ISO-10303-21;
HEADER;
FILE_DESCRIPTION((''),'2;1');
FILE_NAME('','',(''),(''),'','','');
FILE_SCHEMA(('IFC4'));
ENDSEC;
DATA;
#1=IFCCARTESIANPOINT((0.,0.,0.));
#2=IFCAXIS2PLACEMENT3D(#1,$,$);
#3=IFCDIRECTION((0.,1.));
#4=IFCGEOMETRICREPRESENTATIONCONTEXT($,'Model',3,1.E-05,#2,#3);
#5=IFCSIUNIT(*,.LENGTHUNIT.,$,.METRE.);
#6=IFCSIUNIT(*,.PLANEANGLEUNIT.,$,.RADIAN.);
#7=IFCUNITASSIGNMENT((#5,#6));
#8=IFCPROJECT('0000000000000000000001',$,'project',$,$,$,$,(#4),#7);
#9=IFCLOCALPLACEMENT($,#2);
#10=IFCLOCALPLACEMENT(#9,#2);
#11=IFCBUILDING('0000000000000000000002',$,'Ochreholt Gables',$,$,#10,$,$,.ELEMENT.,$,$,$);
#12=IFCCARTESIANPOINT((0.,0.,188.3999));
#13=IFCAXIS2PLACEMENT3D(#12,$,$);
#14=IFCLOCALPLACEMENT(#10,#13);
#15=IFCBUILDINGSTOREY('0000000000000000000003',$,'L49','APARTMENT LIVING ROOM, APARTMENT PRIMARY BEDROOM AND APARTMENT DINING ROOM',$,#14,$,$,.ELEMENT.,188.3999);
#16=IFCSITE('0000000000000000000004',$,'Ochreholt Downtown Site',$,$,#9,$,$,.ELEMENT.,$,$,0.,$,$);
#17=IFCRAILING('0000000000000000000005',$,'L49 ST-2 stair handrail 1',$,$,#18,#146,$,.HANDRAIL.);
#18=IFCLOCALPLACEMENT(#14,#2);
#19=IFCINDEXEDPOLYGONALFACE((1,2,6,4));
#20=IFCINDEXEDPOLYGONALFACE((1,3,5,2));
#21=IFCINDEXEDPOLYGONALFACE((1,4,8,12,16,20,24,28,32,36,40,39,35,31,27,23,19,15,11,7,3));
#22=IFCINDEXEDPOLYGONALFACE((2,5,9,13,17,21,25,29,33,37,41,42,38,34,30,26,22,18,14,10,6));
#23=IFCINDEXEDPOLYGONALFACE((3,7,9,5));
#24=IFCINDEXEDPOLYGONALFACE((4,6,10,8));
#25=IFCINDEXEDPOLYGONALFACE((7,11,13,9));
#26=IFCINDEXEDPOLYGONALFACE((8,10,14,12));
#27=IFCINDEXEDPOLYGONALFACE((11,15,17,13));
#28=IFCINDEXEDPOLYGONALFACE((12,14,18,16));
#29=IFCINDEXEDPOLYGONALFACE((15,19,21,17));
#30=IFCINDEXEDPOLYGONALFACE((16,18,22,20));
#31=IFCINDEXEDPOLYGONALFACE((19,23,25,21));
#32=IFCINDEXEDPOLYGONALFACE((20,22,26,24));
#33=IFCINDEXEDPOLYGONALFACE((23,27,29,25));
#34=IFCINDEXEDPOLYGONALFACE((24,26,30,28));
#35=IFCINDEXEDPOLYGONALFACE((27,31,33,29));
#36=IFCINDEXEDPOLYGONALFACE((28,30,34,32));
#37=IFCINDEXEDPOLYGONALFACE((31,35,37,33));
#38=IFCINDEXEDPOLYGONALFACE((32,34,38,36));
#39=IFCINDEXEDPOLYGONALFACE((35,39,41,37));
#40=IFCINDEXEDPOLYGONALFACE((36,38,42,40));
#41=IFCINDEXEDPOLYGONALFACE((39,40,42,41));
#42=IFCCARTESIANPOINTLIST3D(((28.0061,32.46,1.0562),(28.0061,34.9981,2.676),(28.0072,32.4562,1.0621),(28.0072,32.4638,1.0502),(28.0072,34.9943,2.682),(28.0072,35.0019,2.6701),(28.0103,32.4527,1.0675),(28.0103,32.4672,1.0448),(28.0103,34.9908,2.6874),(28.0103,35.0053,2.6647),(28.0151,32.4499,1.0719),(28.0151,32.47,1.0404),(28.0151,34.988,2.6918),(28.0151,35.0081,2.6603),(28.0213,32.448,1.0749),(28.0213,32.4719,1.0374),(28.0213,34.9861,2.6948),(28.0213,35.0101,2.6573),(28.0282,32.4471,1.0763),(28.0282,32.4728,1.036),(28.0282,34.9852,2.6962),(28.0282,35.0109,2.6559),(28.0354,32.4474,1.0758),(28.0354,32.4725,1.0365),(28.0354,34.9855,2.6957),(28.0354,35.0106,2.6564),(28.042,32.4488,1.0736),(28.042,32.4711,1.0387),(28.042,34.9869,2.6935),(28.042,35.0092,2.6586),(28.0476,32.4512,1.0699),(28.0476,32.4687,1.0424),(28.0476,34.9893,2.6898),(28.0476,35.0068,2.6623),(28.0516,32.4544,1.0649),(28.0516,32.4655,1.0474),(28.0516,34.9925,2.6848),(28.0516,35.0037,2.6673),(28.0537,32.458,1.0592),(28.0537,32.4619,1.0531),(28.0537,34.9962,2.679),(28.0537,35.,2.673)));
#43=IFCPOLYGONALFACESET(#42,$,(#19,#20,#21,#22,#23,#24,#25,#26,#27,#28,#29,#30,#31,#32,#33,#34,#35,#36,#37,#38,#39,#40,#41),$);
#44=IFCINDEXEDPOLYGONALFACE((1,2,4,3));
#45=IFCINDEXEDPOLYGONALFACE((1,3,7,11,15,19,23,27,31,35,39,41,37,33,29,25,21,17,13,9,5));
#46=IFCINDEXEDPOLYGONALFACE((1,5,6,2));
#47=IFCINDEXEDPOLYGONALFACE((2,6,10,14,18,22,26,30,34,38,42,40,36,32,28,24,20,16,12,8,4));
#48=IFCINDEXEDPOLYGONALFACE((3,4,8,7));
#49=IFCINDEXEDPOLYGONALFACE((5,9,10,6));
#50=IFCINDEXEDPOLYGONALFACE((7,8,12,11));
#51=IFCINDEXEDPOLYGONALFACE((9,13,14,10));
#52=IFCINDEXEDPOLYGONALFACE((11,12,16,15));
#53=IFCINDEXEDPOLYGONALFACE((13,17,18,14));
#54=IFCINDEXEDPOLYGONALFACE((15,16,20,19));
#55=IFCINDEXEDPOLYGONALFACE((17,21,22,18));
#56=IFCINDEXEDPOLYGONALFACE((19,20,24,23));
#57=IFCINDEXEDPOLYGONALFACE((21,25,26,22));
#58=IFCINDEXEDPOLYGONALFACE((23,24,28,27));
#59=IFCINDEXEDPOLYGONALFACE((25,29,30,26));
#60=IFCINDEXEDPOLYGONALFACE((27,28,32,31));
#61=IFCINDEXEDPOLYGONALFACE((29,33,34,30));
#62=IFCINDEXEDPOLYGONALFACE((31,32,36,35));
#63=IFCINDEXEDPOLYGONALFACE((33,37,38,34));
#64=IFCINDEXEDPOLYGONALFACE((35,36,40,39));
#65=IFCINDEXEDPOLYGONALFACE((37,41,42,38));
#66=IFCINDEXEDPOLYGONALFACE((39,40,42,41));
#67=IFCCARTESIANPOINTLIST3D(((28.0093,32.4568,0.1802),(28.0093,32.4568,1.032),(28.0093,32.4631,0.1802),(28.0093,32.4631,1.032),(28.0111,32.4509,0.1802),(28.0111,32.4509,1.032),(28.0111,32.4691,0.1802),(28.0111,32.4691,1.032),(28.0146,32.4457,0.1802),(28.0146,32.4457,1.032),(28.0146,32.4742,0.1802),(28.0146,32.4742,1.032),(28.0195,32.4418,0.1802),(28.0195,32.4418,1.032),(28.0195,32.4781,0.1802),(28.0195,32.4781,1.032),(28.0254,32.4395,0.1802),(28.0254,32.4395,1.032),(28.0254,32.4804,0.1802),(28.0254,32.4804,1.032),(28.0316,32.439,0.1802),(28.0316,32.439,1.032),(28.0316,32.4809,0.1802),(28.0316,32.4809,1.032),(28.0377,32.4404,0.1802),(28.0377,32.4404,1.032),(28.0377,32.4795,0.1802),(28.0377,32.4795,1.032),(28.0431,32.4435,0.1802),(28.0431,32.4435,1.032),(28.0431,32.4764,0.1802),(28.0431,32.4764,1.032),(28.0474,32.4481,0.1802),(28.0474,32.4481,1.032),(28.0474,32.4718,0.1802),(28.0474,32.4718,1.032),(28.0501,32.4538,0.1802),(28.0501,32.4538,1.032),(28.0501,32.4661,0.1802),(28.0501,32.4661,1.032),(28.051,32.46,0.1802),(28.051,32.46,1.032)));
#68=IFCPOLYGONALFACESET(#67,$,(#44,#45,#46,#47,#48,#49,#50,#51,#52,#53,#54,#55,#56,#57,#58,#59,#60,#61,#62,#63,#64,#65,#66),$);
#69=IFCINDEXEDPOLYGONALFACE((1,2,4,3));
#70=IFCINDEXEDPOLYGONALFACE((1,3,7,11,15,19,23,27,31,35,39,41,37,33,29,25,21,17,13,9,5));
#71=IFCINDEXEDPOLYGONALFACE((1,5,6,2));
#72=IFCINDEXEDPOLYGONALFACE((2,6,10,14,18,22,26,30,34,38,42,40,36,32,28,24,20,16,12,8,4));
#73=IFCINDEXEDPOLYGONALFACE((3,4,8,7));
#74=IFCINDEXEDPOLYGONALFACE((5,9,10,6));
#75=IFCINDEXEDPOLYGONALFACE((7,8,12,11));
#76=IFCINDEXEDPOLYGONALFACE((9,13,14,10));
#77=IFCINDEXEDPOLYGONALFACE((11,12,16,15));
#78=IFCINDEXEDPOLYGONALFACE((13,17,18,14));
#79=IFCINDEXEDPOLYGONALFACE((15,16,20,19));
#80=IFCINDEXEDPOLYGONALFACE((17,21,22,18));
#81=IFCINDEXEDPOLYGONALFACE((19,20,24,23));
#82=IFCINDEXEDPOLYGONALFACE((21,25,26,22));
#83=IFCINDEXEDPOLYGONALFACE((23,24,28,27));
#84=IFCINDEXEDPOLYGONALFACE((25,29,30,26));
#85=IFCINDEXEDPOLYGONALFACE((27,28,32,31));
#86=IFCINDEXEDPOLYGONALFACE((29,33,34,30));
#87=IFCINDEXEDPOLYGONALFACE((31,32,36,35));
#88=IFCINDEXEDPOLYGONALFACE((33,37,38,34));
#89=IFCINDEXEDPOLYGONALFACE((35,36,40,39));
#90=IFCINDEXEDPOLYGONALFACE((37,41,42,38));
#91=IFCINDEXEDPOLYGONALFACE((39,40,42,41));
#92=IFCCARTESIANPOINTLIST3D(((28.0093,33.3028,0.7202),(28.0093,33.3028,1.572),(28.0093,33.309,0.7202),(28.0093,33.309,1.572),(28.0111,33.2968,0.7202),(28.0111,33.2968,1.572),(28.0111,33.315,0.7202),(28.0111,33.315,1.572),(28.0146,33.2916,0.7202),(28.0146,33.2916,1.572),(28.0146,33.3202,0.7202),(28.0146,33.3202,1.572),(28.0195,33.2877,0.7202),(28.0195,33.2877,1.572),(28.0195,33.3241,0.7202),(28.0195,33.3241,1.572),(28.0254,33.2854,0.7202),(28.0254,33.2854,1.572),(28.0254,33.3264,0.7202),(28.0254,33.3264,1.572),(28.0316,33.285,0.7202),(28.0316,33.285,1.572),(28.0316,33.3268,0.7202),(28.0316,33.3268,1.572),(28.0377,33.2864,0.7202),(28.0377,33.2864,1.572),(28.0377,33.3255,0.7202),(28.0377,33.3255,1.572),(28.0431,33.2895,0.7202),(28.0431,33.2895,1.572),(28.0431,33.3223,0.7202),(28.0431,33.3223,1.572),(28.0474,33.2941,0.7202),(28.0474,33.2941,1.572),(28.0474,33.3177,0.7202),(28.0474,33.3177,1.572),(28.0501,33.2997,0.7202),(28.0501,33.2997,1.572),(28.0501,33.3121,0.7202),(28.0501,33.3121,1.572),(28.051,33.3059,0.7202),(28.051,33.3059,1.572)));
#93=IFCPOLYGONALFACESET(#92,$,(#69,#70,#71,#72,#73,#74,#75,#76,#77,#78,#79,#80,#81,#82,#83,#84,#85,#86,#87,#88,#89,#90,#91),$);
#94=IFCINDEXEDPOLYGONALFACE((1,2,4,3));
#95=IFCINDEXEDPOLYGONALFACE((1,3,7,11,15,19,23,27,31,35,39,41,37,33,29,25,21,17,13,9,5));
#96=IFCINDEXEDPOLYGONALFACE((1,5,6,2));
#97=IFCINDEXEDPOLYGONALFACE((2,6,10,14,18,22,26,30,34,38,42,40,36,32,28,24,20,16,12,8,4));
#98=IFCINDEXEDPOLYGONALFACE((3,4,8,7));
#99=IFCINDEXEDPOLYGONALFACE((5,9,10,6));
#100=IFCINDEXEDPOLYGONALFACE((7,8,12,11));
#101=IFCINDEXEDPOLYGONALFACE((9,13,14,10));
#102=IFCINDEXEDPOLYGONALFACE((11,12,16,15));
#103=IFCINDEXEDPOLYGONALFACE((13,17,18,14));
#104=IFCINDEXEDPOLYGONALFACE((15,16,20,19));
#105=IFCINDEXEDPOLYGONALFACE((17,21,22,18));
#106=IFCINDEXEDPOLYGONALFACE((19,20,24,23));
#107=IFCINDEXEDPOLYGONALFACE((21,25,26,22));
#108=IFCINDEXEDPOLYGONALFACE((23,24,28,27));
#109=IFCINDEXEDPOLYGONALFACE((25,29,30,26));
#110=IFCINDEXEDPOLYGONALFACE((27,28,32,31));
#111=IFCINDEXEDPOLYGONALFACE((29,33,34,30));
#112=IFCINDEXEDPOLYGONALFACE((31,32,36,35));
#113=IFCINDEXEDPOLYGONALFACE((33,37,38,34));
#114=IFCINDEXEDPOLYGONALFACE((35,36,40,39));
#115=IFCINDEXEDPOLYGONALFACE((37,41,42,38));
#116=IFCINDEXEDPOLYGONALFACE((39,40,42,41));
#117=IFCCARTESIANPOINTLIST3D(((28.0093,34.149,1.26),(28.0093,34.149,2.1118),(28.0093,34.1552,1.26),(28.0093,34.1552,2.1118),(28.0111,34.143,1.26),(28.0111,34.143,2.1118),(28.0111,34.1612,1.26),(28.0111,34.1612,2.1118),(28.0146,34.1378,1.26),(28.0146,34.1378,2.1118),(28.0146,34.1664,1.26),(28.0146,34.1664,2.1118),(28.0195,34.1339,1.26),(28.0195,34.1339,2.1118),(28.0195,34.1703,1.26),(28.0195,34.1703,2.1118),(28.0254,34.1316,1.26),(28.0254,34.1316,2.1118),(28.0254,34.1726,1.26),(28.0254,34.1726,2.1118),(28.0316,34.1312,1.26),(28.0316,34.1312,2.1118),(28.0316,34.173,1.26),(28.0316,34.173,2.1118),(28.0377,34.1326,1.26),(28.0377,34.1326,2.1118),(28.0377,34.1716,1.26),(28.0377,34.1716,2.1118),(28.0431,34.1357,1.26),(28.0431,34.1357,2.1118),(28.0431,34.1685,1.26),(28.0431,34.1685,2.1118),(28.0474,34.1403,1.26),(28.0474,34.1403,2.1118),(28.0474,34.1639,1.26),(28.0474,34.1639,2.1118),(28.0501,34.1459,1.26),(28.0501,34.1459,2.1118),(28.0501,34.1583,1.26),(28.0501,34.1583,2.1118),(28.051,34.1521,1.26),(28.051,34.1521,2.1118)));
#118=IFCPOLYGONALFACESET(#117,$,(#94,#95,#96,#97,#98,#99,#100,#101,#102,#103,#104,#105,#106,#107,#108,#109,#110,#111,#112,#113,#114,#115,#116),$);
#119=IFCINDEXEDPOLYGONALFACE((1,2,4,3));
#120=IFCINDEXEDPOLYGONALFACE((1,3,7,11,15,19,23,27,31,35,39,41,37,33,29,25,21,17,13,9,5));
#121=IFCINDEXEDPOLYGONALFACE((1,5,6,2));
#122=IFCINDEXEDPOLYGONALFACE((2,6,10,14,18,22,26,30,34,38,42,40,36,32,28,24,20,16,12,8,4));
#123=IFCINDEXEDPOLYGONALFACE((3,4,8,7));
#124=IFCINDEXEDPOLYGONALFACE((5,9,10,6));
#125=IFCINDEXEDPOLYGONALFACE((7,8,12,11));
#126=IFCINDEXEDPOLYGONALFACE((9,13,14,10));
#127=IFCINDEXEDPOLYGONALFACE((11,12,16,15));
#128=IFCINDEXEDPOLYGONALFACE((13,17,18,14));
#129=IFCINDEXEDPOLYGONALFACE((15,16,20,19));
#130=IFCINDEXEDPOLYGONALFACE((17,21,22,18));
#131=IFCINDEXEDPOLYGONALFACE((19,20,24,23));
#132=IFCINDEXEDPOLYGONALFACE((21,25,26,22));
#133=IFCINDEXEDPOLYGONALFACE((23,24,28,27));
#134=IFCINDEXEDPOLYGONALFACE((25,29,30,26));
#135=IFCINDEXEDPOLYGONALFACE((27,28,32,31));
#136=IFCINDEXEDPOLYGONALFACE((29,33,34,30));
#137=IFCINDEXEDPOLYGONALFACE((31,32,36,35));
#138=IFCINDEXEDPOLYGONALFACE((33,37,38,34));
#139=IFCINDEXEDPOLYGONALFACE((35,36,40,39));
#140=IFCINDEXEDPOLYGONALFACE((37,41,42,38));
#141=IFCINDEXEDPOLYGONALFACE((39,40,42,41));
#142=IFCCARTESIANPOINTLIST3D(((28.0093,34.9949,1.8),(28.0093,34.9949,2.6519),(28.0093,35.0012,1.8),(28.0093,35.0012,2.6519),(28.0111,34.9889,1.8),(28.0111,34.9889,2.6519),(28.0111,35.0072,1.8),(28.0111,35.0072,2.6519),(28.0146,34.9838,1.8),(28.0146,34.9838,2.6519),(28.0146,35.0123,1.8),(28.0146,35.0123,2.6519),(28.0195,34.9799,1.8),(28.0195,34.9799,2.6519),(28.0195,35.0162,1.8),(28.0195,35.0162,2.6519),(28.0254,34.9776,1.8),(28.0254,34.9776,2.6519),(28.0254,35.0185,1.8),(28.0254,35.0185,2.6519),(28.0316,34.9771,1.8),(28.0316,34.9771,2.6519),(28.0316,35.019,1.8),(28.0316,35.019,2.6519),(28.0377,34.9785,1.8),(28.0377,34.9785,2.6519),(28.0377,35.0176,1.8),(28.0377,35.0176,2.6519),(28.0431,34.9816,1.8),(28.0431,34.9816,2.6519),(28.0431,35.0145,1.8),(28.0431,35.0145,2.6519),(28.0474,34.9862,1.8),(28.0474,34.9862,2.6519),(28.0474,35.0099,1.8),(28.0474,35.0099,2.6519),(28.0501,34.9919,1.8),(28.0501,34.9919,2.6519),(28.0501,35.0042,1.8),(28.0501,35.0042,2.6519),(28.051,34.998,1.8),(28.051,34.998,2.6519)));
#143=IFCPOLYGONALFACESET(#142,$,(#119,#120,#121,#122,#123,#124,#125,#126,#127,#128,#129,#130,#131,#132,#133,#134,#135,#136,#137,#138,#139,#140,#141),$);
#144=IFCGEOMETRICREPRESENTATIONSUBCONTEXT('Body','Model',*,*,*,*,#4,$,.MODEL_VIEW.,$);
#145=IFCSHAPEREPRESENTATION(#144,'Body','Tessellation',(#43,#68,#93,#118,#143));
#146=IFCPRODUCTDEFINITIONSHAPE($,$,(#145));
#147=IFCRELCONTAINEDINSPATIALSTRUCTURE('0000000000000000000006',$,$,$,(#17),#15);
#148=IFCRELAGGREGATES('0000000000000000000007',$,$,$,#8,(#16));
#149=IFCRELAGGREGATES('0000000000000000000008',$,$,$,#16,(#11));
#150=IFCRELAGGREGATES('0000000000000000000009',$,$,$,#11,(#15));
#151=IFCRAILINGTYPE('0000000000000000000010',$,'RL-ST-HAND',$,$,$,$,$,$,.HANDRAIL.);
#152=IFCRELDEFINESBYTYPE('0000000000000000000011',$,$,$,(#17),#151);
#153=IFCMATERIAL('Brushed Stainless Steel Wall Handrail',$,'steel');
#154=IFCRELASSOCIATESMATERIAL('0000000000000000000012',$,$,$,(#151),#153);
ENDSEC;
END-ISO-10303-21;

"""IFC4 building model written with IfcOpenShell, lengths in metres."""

from ifc_helpers import new_model, si_unit, direction, frame, origin, origin_2d, place, context, subcontext, project, spatial, circle, extrude, material, type_object, element, save


model = new_model("IFC4")

# Units and contexts
model_context = context("Model", 3, precision=1e-05, world=origin(), true_north=direction((0.0, 1.0)))
body_context = subcontext(model_context, "Body", "Model", "MODEL_VIEW")
ifc_project = project(units=[si_unit("LENGTHUNIT", "METRE"), si_unit("PLANEANGLEUNIT", "RADIAN")], contexts=[model_context])

# Site, building, storey
site_placement = place(None, origin())
site = spatial("IfcSite", under=ifc_project, at=site_placement, Name="Ochreholt Downtown Site", CompositionType="ELEMENT", RefElevation=0.0)
building_placement = place(site_placement, origin())
building = spatial("IfcBuilding", under=site, at=building_placement, Name="Ochreholt Gables", CompositionType="ELEMENT")
storey_placement = place(building_placement, frame((0.0, 0.0, 188.3999)))
storey = spatial("IfcBuildingStorey", under=building, at=storey_placement, Name="L49", Description="APARTMENT LIVING ROOM, APARTMENT PRIMARY BEDROOM AND APARTMENT DINING ROOM", CompositionType="ELEMENT", Elevation=188.3999)

# Railing
ifc_material_1 = material(Name="Brushed Stainless Steel Wall Handrail", Category="steel")
railing_type_1 = type_object("IfcRailingType", Name="RL-ST-HAND", PredefinedType="HANDRAIL", material=ifc_material_1)
railing_1_placement = place(storey_placement, frame((28.03, 32.46, 0.1802)))
element("IfcRailing", 1, at=railing_1_placement, inside=storey, type_object=railing_type_1, Name="L49 ST-2 stair handrail 1", PredefinedType="HANDRAIL", context=body_context, shape_type="SweptSolid", body=[
    extrude(circle(Radius=0.0239, at=origin_2d()), frame((0.0, 0.0, 0.876), z_axis=(0.0, 0.84295, 0.537993), x_axis=(-1.0, 0.0, 0.0)), (0.0, 0.0, 1.0), 3.011),
    extrude(circle(Radius=0.021, at=origin_2d()), origin(), (0.0, 0.0, 1.0), 0.8518),
    extrude(circle(Radius=0.021, at=origin_2d()), frame((0.0, 0.8459, 0.54)), (0.0, 0.0, 1.0), 0.8518),
    extrude(circle(Radius=0.021, at=origin_2d()), frame((0.0, 1.6921, 1.0798)), (0.0, 0.0, 1.0), 0.8518),
    extrude(circle(Radius=0.021, at=origin_2d()), frame((0.0, 2.5381, 1.6199)), (0.0, 0.0, 1.0), 0.8518),
])

save(model, "model.ifc")
